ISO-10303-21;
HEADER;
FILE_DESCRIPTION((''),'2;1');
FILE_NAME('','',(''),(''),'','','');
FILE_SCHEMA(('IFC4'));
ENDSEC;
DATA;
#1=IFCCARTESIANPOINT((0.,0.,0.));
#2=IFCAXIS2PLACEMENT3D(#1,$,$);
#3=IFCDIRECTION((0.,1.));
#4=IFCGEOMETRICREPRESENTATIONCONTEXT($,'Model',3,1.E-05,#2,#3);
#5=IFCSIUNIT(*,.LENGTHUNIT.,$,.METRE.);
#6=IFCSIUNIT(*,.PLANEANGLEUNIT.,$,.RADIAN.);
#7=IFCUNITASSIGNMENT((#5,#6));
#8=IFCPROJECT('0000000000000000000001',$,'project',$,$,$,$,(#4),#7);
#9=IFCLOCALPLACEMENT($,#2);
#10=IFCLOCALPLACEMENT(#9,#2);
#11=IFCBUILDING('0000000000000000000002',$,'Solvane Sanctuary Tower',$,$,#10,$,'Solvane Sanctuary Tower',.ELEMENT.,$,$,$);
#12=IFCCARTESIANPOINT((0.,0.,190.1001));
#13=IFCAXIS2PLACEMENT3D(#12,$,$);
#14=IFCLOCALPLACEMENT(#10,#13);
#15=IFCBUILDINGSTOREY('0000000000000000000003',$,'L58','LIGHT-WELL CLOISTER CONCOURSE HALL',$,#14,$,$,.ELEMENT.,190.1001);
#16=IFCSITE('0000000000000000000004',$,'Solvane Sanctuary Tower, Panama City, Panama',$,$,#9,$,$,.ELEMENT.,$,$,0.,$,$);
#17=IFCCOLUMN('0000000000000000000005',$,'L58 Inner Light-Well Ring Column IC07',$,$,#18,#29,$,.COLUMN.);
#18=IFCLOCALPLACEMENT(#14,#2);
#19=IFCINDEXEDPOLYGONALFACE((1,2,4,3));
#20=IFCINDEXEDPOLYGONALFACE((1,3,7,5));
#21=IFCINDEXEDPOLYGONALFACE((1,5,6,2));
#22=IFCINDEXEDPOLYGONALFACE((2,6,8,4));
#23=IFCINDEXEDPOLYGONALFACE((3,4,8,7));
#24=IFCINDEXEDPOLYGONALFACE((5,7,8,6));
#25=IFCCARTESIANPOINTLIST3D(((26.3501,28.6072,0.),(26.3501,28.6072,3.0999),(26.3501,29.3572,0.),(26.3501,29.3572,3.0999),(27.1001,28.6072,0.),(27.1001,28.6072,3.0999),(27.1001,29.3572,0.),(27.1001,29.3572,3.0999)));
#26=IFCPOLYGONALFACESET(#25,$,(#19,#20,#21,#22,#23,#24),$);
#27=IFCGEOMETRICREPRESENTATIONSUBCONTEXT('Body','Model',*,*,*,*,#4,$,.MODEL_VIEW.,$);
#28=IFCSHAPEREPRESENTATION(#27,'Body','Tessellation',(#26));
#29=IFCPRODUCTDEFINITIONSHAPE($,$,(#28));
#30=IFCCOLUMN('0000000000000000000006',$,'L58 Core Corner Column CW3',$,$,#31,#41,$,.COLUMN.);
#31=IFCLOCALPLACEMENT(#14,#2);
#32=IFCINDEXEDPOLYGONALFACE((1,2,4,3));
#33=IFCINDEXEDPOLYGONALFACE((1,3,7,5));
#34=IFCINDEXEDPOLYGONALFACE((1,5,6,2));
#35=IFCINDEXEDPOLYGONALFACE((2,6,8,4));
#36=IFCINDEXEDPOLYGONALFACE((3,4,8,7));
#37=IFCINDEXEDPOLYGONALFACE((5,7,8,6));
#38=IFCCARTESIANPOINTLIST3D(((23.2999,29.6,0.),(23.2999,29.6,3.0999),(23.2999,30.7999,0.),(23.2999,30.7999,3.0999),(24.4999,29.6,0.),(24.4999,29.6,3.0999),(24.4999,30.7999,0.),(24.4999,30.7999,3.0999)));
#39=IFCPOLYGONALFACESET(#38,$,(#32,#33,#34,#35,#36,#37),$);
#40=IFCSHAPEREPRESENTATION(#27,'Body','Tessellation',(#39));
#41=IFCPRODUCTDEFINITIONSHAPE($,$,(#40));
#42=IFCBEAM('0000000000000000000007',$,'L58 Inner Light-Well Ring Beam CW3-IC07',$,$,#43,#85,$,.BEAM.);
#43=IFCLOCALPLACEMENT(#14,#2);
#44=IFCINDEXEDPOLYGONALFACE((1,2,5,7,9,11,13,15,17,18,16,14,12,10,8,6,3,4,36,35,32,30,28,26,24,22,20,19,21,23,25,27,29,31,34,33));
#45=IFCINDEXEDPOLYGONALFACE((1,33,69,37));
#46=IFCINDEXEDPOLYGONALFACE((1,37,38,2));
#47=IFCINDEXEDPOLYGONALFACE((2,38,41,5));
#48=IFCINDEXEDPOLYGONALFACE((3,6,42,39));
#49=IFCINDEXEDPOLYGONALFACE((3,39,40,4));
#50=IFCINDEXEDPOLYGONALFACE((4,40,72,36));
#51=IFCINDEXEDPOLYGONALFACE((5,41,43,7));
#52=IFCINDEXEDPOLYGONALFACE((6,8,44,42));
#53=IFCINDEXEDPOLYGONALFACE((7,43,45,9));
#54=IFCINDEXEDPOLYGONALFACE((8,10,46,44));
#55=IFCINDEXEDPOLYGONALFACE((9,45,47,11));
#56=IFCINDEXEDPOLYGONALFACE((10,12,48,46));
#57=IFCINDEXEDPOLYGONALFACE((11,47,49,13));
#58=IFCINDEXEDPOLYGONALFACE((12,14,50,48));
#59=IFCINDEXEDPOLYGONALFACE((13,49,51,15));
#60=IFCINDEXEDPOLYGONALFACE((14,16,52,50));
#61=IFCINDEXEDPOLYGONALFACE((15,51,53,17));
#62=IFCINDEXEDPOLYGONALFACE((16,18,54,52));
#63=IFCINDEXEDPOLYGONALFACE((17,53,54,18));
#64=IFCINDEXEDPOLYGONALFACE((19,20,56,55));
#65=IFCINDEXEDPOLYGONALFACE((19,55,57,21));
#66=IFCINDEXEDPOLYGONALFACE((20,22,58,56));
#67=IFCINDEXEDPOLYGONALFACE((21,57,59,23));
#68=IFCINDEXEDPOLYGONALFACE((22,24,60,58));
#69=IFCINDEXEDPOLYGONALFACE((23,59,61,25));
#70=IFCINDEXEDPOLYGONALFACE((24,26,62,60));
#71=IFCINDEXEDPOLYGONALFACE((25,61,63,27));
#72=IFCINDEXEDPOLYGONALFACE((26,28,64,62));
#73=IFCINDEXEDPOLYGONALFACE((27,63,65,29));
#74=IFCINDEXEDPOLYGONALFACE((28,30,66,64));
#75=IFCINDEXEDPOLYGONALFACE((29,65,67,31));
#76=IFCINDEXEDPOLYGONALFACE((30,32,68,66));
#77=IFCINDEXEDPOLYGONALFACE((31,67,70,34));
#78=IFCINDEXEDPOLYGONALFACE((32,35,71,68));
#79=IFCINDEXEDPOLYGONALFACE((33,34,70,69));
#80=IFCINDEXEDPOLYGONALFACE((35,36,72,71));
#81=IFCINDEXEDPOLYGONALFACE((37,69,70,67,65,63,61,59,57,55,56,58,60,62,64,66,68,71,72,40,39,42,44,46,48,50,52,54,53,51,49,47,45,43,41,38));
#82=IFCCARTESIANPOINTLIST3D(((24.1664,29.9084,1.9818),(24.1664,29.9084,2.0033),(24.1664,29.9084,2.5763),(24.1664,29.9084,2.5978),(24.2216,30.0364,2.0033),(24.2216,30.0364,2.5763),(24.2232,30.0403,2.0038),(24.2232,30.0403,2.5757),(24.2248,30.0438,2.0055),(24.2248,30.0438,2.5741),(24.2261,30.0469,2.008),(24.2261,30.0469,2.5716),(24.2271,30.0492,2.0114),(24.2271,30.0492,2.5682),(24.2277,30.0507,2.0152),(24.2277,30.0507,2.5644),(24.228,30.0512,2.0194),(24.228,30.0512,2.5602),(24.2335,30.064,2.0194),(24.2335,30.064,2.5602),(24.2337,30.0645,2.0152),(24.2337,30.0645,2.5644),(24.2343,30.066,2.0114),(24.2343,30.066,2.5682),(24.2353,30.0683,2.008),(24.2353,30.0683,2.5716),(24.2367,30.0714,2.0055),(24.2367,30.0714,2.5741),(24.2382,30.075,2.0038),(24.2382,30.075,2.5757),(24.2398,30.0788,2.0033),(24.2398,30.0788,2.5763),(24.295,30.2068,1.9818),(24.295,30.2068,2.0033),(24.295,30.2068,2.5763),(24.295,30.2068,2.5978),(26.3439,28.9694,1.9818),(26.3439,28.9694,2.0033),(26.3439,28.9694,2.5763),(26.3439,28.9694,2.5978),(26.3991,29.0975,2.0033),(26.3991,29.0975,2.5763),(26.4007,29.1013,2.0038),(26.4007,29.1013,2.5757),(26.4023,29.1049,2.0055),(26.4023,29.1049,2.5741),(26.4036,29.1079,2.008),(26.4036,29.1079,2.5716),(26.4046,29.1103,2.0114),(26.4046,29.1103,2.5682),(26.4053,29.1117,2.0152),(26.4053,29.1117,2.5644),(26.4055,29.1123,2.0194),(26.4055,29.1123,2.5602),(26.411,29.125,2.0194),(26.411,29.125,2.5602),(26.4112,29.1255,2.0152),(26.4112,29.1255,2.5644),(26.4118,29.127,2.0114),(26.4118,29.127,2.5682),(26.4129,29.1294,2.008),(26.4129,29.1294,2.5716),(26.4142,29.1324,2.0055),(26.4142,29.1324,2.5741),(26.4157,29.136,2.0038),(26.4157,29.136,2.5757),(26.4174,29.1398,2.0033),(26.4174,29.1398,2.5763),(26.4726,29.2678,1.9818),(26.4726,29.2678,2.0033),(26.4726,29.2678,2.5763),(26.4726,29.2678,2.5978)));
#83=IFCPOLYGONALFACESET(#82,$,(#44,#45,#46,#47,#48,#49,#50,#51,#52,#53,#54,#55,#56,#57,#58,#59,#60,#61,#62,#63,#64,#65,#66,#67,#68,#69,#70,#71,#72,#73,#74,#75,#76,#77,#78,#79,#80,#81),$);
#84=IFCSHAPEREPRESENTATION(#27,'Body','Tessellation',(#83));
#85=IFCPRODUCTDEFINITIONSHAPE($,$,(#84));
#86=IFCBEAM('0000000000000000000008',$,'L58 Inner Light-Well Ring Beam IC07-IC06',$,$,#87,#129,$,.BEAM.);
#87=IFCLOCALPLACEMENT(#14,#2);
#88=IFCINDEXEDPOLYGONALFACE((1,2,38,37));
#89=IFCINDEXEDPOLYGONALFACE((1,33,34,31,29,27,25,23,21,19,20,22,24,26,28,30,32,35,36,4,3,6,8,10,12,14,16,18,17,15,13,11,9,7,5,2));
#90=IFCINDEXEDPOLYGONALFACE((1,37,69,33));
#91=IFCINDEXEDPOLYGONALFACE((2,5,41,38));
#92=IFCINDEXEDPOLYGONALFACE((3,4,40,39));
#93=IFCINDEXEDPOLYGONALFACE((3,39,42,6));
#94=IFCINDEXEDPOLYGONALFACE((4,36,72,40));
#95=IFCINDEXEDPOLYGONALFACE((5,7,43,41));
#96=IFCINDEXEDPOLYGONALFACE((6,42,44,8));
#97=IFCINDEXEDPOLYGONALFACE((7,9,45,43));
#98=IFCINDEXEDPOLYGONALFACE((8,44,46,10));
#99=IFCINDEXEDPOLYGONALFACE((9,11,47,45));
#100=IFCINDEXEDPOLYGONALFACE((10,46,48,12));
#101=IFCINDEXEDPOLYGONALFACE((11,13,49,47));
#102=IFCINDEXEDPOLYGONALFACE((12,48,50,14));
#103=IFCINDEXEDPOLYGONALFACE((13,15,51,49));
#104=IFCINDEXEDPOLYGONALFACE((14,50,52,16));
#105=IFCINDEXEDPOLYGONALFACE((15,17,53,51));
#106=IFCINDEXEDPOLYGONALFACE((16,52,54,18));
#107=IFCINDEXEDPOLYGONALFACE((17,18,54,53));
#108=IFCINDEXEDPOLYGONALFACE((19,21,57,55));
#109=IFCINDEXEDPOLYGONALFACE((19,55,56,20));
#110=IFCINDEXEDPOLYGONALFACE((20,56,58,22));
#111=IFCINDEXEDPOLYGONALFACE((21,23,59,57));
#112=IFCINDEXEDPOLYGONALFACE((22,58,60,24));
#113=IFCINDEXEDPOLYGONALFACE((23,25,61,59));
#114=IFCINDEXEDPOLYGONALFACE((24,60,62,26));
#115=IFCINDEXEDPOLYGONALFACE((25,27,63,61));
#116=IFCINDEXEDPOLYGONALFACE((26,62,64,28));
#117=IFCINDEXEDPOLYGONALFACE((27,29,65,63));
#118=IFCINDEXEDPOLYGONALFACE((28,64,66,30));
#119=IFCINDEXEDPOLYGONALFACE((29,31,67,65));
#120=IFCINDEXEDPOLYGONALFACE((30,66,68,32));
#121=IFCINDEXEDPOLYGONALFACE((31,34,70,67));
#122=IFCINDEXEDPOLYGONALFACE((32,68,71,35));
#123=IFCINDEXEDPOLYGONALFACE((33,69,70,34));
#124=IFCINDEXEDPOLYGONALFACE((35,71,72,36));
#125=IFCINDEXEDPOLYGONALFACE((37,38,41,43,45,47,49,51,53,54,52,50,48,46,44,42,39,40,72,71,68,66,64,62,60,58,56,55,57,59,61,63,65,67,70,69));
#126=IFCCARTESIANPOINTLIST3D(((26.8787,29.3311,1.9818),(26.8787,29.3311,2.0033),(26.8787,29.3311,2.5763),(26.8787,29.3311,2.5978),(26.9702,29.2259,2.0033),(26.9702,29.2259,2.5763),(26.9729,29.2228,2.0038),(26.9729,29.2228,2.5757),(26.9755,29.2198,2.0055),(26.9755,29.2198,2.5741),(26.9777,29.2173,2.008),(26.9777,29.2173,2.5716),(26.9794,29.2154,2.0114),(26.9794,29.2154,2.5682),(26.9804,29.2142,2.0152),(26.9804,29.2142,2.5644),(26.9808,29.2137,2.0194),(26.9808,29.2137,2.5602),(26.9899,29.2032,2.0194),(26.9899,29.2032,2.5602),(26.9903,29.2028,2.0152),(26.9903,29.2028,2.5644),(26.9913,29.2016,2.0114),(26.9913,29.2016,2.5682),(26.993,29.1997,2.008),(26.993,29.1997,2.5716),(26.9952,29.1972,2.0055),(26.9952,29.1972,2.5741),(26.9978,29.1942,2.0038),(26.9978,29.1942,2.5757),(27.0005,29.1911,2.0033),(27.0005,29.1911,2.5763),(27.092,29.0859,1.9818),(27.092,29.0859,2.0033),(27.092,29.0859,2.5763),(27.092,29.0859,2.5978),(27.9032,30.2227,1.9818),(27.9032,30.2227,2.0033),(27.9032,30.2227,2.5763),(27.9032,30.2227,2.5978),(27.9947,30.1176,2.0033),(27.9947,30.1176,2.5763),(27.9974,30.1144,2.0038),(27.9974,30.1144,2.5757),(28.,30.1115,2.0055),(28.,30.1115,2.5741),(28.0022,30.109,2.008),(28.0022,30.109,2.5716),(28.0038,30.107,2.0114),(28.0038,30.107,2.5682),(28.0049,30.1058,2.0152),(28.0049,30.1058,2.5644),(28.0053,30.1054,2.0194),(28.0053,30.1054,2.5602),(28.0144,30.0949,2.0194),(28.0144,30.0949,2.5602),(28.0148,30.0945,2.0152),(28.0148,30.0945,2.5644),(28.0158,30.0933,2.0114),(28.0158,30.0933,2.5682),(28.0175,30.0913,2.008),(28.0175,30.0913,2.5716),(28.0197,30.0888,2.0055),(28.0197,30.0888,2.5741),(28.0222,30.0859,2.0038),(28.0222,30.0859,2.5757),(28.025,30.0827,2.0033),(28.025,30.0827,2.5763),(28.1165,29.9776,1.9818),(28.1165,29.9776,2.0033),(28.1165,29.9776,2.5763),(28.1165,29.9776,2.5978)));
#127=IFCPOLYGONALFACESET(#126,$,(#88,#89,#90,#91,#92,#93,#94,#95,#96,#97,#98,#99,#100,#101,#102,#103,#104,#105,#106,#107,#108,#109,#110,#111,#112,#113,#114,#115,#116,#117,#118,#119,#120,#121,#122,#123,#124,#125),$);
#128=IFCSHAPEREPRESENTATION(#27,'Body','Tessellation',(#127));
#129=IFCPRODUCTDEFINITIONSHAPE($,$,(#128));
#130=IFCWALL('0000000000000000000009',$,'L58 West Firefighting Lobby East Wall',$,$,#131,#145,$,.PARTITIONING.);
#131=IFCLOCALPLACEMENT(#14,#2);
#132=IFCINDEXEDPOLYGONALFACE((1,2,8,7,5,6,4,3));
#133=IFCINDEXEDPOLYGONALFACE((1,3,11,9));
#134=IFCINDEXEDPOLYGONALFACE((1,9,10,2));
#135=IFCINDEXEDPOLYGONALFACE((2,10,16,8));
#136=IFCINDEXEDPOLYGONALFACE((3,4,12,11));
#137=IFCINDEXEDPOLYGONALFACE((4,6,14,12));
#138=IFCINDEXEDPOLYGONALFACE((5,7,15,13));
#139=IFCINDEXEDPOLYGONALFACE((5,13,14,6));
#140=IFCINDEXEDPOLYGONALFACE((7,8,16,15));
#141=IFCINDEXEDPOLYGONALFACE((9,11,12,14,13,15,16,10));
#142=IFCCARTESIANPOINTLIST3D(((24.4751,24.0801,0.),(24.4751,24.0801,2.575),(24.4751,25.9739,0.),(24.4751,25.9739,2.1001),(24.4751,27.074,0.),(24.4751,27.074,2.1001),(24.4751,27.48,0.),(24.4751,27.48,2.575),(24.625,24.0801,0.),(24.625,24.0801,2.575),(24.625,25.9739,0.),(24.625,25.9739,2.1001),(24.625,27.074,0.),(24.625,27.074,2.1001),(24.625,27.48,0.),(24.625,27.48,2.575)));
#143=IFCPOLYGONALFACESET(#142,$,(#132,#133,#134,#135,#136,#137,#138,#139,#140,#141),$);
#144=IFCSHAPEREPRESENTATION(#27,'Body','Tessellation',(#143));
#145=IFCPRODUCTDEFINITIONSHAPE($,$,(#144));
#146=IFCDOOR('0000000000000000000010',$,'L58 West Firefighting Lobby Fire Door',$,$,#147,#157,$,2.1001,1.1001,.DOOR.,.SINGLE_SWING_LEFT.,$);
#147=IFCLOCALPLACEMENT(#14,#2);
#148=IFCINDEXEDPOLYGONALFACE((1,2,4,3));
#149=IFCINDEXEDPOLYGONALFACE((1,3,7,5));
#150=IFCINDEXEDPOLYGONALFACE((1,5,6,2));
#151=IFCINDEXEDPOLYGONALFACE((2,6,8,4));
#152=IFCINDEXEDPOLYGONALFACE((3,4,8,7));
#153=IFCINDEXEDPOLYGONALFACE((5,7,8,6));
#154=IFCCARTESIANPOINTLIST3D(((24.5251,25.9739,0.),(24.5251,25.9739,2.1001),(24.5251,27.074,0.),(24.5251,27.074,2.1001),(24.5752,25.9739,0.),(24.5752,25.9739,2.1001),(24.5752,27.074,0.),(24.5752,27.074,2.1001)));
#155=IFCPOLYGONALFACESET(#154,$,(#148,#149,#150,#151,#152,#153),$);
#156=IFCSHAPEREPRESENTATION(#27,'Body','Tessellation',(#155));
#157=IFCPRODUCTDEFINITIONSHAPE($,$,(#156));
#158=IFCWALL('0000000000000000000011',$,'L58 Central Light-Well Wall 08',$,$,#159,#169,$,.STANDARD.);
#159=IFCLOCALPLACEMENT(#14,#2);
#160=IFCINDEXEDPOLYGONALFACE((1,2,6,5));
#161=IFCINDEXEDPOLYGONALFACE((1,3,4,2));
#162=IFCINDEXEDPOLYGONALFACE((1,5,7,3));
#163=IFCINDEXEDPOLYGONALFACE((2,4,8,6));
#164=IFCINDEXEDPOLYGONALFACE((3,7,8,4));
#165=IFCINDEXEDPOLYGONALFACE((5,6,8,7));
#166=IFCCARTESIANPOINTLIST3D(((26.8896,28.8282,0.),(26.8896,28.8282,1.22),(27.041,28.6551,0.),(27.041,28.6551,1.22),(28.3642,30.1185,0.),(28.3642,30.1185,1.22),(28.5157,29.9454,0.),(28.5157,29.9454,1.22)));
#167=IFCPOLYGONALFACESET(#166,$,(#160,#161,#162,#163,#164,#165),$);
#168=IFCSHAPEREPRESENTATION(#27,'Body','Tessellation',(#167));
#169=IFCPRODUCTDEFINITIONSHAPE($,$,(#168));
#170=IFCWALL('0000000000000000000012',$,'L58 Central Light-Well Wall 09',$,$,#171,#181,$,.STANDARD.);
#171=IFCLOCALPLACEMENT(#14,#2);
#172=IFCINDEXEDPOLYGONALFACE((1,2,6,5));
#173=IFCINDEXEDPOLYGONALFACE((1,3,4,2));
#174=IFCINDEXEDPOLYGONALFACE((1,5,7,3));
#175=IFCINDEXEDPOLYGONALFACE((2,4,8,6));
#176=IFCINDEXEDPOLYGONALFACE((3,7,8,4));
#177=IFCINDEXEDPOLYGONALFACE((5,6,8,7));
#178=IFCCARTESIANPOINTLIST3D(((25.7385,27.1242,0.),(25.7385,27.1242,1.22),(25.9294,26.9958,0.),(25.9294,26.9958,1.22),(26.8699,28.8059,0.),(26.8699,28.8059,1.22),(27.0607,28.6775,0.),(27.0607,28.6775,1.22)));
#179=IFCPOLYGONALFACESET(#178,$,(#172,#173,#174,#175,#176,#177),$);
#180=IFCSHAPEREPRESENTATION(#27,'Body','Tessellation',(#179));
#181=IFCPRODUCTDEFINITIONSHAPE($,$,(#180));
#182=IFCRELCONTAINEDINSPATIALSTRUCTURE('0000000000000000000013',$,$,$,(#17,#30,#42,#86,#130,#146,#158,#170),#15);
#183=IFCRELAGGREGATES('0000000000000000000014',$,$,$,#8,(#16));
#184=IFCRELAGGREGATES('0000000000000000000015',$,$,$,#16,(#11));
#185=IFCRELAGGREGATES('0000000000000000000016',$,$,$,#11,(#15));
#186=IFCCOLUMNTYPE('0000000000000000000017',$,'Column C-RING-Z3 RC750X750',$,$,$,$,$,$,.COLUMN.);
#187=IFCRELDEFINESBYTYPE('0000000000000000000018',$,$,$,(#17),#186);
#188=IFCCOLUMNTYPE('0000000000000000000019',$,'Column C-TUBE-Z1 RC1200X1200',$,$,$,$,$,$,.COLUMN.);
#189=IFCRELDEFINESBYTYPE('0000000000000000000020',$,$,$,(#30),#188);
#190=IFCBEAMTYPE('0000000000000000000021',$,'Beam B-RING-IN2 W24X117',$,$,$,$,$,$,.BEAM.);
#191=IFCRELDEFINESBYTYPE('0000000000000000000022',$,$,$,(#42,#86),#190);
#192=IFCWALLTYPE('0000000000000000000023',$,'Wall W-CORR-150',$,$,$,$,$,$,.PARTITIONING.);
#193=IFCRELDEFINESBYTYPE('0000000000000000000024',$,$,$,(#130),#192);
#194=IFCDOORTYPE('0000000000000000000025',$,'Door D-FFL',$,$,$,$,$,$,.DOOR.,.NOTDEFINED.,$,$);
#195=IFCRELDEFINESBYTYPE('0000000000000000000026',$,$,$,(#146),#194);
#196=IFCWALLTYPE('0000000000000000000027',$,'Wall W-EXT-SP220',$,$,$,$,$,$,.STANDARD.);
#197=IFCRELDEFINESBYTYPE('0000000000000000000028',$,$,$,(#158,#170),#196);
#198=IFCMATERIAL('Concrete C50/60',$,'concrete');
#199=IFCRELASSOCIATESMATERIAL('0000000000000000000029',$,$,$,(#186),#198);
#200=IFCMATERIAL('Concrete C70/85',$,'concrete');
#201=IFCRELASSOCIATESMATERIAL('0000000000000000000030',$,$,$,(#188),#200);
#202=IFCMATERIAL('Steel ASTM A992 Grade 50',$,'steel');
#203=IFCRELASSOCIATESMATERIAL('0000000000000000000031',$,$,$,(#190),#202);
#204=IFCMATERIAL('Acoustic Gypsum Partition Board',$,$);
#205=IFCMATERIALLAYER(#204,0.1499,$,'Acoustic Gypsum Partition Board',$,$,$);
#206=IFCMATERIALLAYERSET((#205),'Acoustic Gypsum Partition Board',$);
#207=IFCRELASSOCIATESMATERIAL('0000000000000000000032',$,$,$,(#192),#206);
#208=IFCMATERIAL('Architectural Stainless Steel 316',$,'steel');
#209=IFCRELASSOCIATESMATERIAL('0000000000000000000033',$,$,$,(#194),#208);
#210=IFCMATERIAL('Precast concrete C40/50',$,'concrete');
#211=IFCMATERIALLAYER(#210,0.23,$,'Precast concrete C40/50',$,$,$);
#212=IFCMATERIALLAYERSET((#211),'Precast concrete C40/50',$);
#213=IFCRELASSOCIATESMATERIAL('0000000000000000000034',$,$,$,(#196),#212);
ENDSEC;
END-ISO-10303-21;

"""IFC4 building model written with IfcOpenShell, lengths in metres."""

from ifc_helpers import new_model, si_unit, direction, frame, frame_2d, origin, origin_2d, place, context, subcontext, project, spatial, rectangle, i_section, extrude, material, layer, layer_set, material_profile, profile_set, type_object, element, fill, save


model = new_model("IFC4")

# Units and contexts
model_context = context("Model", 3, precision=1e-05, world=origin(), true_north=direction((0.0, 1.0)))
body_context = subcontext(model_context, "Body", "Model", "MODEL_VIEW")
ifc_project = project(units=[si_unit("LENGTHUNIT", "METRE"), si_unit("PLANEANGLEUNIT", "RADIAN")], contexts=[model_context])

# Site, building, storey
site_placement = place(None, origin())
site = spatial("IfcSite", under=ifc_project, at=site_placement, Name="Solvane Sanctuary Tower, Panama City, Panama", CompositionType="ELEMENT", RefElevation=0.0)
building_placement = place(site_placement, origin())
building = spatial("IfcBuilding", under=site, at=building_placement, Name="Solvane Sanctuary Tower", LongName="Solvane Sanctuary Tower", CompositionType="ELEMENT")
storey_placement = place(building_placement, frame((0.0, 0.0, 190.1001)))
storey = spatial("IfcBuildingStorey", under=building, at=storey_placement, Name="L58", Description="LIGHT-WELL CLOISTER CONCOURSE HALL", CompositionType="ELEMENT", Elevation=190.1001)

# Columns
ifc_material_1 = material(Name="Concrete C50/60", Category="concrete")
ifc_material_profile_1 = material_profile(ifc_material_1, rectangle(XDim=0.75, YDim=0.75, at=origin_2d()), Name="RC750X750")
ifc_profile_set_1 = profile_set([ifc_material_profile_1], Name="Concrete C50/60")
column_type_1 = type_object("IfcColumnType", Name="Column C-RING-Z3 RC750X750", PredefinedType="COLUMN", material=ifc_profile_set_1)
column_1_placement = place(storey_placement, frame((26.7251, 28.9822, 0.0), z_axis=(0.0, 0.0, 1.0), x_axis=(1.0, 0.0, 0.0)))
element("IfcColumn", 1, at=column_1_placement, inside=storey, type_object=column_type_1, Name="L58 Inner Light-Well Ring Column IC07", PredefinedType="COLUMN", context=body_context, shape_type="SweptSolid", body=[
    extrude(rectangle(XDim=0.75, YDim=0.75, at=origin_2d()), origin(), (0.0, 0.0, 1.0), 3.0999),
])
ifc_material_2 = material(Name="Concrete C70/85", Category="concrete")
ifc_material_profile_2 = material_profile(ifc_material_2, rectangle(XDim=1.2, YDim=1.2, at=origin_2d()), Name="RC1200X1200")
ifc_profile_set_2 = profile_set([ifc_material_profile_2], Name="Concrete C70/85")
column_type_2 = type_object("IfcColumnType", Name="Column C-TUBE-Z1 RC1200X1200", PredefinedType="COLUMN", material=ifc_profile_set_2)
column_2_placement = place(storey_placement, frame((23.8999, 30.2, 0.0), z_axis=(0.0, 0.0, 1.0), x_axis=(1.0, 0.0, 0.0)))
element("IfcColumn", 2, at=column_2_placement, inside=storey, type_object=column_type_2, Name="L58 Core Corner Column CW3", PredefinedType="COLUMN", context=body_context, shape_type="SweptSolid", body=[
    extrude(rectangle(XDim=1.2, YDim=1.2, at=origin_2d()), origin(), (0.0, 0.0, 1.0), 3.0999),
])

# Beams
ifc_material_3 = material(Name="Steel ASTM A992 Grade 50", Category="steel")
ifc_material_profile_3 = material_profile(ifc_material_3, i_section(OverallWidth=0.325, OverallDepth=0.616, WebThickness=0.0139, FlangeThickness=0.0215, FilletRadius=0.0161, at=origin_2d()), Name="W24X117")
ifc_profile_set_3 = profile_set([ifc_material_profile_3], Name="Steel ASTM A992 Grade 50")
beam_type = type_object("IfcBeamType", Name="Beam B-RING-IN2 W24X117", PredefinedType="BEAM", material=ifc_profile_set_3)
beam_1_placement = place(storey_placement, frame((24.2307, 30.0576, 2.2898), z_axis=(0.918264, -0.395969, 0.0), x_axis=(0.395969, 0.918264, 0.0)))
element("IfcBeam", 3, at=beam_1_placement, inside=storey, type_object=beam_type, Name="L58 Inner Light-Well Ring Beam CW3-IC07", PredefinedType="BEAM", context=body_context, shape_type="SweptSolid", body=[
    extrude(i_section(OverallWidth=0.325, OverallDepth=0.616, WebThickness=0.0139, FlangeThickness=0.0215, FilletRadius=0.0161, at=origin_2d()), origin(), (0.0, 0.0, 1.0), 2.3713),
])
beam_2_placement = place(storey_placement, frame((26.9854, 29.2085, 2.2898), z_axis=(0.754311, 0.656517, 0.0), x_axis=(-0.656517, 0.754311, 0.0)))
element("IfcBeam", 4, at=beam_2_placement, inside=storey, type_object=beam_type, Name="L58 Inner Light-Well Ring Beam IC07-IC06", PredefinedType="BEAM", context=body_context, shape_type="SweptSolid", body=[
    extrude(i_section(OverallWidth=0.325, OverallDepth=0.616, WebThickness=0.0139, FlangeThickness=0.0215, FilletRadius=0.0161, at=origin_2d()), origin(), (0.0, 0.0, 1.0), 1.3582),
])

# Wall, opening, door
ifc_material_4 = material(Name="Acoustic Gypsum Partition Board")
ifc_layer_1 = layer(ifc_material_4, 0.1499, Name="Acoustic Gypsum Partition Board")
ifc_layer_set_1 = layer_set([ifc_layer_1], Name="Acoustic Gypsum Partition Board")
wall_type_1 = type_object("IfcWallType", Name="Wall W-CORR-150", PredefinedType="PARTITIONING", material=ifc_layer_set_1)
wall_1_placement = place(storey_placement, frame((24.55, 24.0801, 0.0), z_axis=(0.0, 0.0, 1.0), x_axis=(0.0, 1.0, 0.0)))
wall_1 = element("IfcWall", 5, at=wall_1_placement, inside=storey, type_object=wall_type_1, Name="L58 West Firefighting Lobby East Wall", PredefinedType="PARTITIONING", context=body_context, shape_type="SweptSolid", body=[
    extrude(rectangle(XDim=3.3999, YDim=0.1499, at=frame_2d((1.7, 0.0))), origin(), (0.0, 0.0, 1.0), 2.575),
])
opening_1_placement = place(wall_1_placement, frame((1.8938, 0.0, 0.0)))
opening_1 = element("IfcOpeningElement", 6, at=opening_1_placement, cuts=wall_1, PredefinedType="OPENING", context=body_context, shape_type="SweptSolid", body=[
    extrude(rectangle(XDim=1.1001, YDim=2.1001, at=frame_2d((0.55, 1.05))), frame((0.0, 0.085, 0.0), z_axis=(0.0, -1.0, 0.0), x_axis=(1.0, 0.0, 0.0)), (0.0, 0.0, 1.0), 0.1699),
])
ifc_material_5 = material(Name="Architectural Stainless Steel 316", Category="steel")
door_type_1 = type_object("IfcDoorType", Name="Door D-FFL", OperationType="NOTDEFINED", PredefinedType="DOOR", material=ifc_material_5)
door_1_placement = place(opening_1_placement, origin())
door_1 = element("IfcDoor", 7, at=door_1_placement, inside=storey, type_object=door_type_1, Name="L58 West Firefighting Lobby Fire Door", OperationType="SINGLE_SWING_LEFT", OverallHeight=2.1001, OverallWidth=1.1001, PredefinedType="DOOR", context=body_context, shape_type="SweptSolid", body=[
    extrude(rectangle(XDim=1.1001, YDim=2.1001, at=frame_2d((0.55, 1.05))), frame((0.0, 0.0249, 0.0), z_axis=(0.0, -1.0, 0.0), x_axis=(1.0, 0.0, 0.0)), (0.0, 0.0, 1.0), 0.05),
])
fill(opening_1, door_1)

# Walls
ifc_material_6 = material(Name="Precast concrete C40/50", Category="concrete")
ifc_layer_2 = layer(ifc_material_6, 0.23, Name="Precast concrete C40/50")
ifc_layer_set_2 = layer_set([ifc_layer_2], Name="Precast concrete C40/50")
wall_type_2 = type_object("IfcWallType", Name="Wall W-EXT-SP220", PredefinedType="STANDARD", material=ifc_layer_set_2)
wall_2_placement = place(storey_placement, frame((28.4399, 30.032, 0.0), z_axis=(0.0, 0.0, 1.0), x_axis=(-0.752577, -0.658505, 0.0)))
element("IfcWall", 8, at=wall_2_placement, inside=storey, type_object=wall_type_2, Name="L58 Central Light-Well Wall 08", PredefinedType="STANDARD", context=body_context, shape_type="SweptSolid", body=[
    extrude(rectangle(XDim=1.9595, YDim=0.23, at=frame_2d((0.9797, 0.0))), origin(), (0.0, 0.0, 1.0), 1.22),
])
wall_3_placement = place(storey_placement, frame((26.9653, 28.7417, 0.0), z_axis=(0.0, 0.0, 1.0), x_axis=(-0.558198, -0.829708, 0.0)))
element("IfcWall", 9, at=wall_3_placement, inside=storey, type_object=wall_type_2, Name="L58 Central Light-Well Wall 09", PredefinedType="STANDARD", context=body_context, shape_type="SweptSolid", body=[
    extrude(rectangle(XDim=2.0269, YDim=0.23, at=frame_2d((1.0134, 0.0))), origin(), (0.0, 0.0, 1.0), 1.22),
])

save(model, "model.ifc")
